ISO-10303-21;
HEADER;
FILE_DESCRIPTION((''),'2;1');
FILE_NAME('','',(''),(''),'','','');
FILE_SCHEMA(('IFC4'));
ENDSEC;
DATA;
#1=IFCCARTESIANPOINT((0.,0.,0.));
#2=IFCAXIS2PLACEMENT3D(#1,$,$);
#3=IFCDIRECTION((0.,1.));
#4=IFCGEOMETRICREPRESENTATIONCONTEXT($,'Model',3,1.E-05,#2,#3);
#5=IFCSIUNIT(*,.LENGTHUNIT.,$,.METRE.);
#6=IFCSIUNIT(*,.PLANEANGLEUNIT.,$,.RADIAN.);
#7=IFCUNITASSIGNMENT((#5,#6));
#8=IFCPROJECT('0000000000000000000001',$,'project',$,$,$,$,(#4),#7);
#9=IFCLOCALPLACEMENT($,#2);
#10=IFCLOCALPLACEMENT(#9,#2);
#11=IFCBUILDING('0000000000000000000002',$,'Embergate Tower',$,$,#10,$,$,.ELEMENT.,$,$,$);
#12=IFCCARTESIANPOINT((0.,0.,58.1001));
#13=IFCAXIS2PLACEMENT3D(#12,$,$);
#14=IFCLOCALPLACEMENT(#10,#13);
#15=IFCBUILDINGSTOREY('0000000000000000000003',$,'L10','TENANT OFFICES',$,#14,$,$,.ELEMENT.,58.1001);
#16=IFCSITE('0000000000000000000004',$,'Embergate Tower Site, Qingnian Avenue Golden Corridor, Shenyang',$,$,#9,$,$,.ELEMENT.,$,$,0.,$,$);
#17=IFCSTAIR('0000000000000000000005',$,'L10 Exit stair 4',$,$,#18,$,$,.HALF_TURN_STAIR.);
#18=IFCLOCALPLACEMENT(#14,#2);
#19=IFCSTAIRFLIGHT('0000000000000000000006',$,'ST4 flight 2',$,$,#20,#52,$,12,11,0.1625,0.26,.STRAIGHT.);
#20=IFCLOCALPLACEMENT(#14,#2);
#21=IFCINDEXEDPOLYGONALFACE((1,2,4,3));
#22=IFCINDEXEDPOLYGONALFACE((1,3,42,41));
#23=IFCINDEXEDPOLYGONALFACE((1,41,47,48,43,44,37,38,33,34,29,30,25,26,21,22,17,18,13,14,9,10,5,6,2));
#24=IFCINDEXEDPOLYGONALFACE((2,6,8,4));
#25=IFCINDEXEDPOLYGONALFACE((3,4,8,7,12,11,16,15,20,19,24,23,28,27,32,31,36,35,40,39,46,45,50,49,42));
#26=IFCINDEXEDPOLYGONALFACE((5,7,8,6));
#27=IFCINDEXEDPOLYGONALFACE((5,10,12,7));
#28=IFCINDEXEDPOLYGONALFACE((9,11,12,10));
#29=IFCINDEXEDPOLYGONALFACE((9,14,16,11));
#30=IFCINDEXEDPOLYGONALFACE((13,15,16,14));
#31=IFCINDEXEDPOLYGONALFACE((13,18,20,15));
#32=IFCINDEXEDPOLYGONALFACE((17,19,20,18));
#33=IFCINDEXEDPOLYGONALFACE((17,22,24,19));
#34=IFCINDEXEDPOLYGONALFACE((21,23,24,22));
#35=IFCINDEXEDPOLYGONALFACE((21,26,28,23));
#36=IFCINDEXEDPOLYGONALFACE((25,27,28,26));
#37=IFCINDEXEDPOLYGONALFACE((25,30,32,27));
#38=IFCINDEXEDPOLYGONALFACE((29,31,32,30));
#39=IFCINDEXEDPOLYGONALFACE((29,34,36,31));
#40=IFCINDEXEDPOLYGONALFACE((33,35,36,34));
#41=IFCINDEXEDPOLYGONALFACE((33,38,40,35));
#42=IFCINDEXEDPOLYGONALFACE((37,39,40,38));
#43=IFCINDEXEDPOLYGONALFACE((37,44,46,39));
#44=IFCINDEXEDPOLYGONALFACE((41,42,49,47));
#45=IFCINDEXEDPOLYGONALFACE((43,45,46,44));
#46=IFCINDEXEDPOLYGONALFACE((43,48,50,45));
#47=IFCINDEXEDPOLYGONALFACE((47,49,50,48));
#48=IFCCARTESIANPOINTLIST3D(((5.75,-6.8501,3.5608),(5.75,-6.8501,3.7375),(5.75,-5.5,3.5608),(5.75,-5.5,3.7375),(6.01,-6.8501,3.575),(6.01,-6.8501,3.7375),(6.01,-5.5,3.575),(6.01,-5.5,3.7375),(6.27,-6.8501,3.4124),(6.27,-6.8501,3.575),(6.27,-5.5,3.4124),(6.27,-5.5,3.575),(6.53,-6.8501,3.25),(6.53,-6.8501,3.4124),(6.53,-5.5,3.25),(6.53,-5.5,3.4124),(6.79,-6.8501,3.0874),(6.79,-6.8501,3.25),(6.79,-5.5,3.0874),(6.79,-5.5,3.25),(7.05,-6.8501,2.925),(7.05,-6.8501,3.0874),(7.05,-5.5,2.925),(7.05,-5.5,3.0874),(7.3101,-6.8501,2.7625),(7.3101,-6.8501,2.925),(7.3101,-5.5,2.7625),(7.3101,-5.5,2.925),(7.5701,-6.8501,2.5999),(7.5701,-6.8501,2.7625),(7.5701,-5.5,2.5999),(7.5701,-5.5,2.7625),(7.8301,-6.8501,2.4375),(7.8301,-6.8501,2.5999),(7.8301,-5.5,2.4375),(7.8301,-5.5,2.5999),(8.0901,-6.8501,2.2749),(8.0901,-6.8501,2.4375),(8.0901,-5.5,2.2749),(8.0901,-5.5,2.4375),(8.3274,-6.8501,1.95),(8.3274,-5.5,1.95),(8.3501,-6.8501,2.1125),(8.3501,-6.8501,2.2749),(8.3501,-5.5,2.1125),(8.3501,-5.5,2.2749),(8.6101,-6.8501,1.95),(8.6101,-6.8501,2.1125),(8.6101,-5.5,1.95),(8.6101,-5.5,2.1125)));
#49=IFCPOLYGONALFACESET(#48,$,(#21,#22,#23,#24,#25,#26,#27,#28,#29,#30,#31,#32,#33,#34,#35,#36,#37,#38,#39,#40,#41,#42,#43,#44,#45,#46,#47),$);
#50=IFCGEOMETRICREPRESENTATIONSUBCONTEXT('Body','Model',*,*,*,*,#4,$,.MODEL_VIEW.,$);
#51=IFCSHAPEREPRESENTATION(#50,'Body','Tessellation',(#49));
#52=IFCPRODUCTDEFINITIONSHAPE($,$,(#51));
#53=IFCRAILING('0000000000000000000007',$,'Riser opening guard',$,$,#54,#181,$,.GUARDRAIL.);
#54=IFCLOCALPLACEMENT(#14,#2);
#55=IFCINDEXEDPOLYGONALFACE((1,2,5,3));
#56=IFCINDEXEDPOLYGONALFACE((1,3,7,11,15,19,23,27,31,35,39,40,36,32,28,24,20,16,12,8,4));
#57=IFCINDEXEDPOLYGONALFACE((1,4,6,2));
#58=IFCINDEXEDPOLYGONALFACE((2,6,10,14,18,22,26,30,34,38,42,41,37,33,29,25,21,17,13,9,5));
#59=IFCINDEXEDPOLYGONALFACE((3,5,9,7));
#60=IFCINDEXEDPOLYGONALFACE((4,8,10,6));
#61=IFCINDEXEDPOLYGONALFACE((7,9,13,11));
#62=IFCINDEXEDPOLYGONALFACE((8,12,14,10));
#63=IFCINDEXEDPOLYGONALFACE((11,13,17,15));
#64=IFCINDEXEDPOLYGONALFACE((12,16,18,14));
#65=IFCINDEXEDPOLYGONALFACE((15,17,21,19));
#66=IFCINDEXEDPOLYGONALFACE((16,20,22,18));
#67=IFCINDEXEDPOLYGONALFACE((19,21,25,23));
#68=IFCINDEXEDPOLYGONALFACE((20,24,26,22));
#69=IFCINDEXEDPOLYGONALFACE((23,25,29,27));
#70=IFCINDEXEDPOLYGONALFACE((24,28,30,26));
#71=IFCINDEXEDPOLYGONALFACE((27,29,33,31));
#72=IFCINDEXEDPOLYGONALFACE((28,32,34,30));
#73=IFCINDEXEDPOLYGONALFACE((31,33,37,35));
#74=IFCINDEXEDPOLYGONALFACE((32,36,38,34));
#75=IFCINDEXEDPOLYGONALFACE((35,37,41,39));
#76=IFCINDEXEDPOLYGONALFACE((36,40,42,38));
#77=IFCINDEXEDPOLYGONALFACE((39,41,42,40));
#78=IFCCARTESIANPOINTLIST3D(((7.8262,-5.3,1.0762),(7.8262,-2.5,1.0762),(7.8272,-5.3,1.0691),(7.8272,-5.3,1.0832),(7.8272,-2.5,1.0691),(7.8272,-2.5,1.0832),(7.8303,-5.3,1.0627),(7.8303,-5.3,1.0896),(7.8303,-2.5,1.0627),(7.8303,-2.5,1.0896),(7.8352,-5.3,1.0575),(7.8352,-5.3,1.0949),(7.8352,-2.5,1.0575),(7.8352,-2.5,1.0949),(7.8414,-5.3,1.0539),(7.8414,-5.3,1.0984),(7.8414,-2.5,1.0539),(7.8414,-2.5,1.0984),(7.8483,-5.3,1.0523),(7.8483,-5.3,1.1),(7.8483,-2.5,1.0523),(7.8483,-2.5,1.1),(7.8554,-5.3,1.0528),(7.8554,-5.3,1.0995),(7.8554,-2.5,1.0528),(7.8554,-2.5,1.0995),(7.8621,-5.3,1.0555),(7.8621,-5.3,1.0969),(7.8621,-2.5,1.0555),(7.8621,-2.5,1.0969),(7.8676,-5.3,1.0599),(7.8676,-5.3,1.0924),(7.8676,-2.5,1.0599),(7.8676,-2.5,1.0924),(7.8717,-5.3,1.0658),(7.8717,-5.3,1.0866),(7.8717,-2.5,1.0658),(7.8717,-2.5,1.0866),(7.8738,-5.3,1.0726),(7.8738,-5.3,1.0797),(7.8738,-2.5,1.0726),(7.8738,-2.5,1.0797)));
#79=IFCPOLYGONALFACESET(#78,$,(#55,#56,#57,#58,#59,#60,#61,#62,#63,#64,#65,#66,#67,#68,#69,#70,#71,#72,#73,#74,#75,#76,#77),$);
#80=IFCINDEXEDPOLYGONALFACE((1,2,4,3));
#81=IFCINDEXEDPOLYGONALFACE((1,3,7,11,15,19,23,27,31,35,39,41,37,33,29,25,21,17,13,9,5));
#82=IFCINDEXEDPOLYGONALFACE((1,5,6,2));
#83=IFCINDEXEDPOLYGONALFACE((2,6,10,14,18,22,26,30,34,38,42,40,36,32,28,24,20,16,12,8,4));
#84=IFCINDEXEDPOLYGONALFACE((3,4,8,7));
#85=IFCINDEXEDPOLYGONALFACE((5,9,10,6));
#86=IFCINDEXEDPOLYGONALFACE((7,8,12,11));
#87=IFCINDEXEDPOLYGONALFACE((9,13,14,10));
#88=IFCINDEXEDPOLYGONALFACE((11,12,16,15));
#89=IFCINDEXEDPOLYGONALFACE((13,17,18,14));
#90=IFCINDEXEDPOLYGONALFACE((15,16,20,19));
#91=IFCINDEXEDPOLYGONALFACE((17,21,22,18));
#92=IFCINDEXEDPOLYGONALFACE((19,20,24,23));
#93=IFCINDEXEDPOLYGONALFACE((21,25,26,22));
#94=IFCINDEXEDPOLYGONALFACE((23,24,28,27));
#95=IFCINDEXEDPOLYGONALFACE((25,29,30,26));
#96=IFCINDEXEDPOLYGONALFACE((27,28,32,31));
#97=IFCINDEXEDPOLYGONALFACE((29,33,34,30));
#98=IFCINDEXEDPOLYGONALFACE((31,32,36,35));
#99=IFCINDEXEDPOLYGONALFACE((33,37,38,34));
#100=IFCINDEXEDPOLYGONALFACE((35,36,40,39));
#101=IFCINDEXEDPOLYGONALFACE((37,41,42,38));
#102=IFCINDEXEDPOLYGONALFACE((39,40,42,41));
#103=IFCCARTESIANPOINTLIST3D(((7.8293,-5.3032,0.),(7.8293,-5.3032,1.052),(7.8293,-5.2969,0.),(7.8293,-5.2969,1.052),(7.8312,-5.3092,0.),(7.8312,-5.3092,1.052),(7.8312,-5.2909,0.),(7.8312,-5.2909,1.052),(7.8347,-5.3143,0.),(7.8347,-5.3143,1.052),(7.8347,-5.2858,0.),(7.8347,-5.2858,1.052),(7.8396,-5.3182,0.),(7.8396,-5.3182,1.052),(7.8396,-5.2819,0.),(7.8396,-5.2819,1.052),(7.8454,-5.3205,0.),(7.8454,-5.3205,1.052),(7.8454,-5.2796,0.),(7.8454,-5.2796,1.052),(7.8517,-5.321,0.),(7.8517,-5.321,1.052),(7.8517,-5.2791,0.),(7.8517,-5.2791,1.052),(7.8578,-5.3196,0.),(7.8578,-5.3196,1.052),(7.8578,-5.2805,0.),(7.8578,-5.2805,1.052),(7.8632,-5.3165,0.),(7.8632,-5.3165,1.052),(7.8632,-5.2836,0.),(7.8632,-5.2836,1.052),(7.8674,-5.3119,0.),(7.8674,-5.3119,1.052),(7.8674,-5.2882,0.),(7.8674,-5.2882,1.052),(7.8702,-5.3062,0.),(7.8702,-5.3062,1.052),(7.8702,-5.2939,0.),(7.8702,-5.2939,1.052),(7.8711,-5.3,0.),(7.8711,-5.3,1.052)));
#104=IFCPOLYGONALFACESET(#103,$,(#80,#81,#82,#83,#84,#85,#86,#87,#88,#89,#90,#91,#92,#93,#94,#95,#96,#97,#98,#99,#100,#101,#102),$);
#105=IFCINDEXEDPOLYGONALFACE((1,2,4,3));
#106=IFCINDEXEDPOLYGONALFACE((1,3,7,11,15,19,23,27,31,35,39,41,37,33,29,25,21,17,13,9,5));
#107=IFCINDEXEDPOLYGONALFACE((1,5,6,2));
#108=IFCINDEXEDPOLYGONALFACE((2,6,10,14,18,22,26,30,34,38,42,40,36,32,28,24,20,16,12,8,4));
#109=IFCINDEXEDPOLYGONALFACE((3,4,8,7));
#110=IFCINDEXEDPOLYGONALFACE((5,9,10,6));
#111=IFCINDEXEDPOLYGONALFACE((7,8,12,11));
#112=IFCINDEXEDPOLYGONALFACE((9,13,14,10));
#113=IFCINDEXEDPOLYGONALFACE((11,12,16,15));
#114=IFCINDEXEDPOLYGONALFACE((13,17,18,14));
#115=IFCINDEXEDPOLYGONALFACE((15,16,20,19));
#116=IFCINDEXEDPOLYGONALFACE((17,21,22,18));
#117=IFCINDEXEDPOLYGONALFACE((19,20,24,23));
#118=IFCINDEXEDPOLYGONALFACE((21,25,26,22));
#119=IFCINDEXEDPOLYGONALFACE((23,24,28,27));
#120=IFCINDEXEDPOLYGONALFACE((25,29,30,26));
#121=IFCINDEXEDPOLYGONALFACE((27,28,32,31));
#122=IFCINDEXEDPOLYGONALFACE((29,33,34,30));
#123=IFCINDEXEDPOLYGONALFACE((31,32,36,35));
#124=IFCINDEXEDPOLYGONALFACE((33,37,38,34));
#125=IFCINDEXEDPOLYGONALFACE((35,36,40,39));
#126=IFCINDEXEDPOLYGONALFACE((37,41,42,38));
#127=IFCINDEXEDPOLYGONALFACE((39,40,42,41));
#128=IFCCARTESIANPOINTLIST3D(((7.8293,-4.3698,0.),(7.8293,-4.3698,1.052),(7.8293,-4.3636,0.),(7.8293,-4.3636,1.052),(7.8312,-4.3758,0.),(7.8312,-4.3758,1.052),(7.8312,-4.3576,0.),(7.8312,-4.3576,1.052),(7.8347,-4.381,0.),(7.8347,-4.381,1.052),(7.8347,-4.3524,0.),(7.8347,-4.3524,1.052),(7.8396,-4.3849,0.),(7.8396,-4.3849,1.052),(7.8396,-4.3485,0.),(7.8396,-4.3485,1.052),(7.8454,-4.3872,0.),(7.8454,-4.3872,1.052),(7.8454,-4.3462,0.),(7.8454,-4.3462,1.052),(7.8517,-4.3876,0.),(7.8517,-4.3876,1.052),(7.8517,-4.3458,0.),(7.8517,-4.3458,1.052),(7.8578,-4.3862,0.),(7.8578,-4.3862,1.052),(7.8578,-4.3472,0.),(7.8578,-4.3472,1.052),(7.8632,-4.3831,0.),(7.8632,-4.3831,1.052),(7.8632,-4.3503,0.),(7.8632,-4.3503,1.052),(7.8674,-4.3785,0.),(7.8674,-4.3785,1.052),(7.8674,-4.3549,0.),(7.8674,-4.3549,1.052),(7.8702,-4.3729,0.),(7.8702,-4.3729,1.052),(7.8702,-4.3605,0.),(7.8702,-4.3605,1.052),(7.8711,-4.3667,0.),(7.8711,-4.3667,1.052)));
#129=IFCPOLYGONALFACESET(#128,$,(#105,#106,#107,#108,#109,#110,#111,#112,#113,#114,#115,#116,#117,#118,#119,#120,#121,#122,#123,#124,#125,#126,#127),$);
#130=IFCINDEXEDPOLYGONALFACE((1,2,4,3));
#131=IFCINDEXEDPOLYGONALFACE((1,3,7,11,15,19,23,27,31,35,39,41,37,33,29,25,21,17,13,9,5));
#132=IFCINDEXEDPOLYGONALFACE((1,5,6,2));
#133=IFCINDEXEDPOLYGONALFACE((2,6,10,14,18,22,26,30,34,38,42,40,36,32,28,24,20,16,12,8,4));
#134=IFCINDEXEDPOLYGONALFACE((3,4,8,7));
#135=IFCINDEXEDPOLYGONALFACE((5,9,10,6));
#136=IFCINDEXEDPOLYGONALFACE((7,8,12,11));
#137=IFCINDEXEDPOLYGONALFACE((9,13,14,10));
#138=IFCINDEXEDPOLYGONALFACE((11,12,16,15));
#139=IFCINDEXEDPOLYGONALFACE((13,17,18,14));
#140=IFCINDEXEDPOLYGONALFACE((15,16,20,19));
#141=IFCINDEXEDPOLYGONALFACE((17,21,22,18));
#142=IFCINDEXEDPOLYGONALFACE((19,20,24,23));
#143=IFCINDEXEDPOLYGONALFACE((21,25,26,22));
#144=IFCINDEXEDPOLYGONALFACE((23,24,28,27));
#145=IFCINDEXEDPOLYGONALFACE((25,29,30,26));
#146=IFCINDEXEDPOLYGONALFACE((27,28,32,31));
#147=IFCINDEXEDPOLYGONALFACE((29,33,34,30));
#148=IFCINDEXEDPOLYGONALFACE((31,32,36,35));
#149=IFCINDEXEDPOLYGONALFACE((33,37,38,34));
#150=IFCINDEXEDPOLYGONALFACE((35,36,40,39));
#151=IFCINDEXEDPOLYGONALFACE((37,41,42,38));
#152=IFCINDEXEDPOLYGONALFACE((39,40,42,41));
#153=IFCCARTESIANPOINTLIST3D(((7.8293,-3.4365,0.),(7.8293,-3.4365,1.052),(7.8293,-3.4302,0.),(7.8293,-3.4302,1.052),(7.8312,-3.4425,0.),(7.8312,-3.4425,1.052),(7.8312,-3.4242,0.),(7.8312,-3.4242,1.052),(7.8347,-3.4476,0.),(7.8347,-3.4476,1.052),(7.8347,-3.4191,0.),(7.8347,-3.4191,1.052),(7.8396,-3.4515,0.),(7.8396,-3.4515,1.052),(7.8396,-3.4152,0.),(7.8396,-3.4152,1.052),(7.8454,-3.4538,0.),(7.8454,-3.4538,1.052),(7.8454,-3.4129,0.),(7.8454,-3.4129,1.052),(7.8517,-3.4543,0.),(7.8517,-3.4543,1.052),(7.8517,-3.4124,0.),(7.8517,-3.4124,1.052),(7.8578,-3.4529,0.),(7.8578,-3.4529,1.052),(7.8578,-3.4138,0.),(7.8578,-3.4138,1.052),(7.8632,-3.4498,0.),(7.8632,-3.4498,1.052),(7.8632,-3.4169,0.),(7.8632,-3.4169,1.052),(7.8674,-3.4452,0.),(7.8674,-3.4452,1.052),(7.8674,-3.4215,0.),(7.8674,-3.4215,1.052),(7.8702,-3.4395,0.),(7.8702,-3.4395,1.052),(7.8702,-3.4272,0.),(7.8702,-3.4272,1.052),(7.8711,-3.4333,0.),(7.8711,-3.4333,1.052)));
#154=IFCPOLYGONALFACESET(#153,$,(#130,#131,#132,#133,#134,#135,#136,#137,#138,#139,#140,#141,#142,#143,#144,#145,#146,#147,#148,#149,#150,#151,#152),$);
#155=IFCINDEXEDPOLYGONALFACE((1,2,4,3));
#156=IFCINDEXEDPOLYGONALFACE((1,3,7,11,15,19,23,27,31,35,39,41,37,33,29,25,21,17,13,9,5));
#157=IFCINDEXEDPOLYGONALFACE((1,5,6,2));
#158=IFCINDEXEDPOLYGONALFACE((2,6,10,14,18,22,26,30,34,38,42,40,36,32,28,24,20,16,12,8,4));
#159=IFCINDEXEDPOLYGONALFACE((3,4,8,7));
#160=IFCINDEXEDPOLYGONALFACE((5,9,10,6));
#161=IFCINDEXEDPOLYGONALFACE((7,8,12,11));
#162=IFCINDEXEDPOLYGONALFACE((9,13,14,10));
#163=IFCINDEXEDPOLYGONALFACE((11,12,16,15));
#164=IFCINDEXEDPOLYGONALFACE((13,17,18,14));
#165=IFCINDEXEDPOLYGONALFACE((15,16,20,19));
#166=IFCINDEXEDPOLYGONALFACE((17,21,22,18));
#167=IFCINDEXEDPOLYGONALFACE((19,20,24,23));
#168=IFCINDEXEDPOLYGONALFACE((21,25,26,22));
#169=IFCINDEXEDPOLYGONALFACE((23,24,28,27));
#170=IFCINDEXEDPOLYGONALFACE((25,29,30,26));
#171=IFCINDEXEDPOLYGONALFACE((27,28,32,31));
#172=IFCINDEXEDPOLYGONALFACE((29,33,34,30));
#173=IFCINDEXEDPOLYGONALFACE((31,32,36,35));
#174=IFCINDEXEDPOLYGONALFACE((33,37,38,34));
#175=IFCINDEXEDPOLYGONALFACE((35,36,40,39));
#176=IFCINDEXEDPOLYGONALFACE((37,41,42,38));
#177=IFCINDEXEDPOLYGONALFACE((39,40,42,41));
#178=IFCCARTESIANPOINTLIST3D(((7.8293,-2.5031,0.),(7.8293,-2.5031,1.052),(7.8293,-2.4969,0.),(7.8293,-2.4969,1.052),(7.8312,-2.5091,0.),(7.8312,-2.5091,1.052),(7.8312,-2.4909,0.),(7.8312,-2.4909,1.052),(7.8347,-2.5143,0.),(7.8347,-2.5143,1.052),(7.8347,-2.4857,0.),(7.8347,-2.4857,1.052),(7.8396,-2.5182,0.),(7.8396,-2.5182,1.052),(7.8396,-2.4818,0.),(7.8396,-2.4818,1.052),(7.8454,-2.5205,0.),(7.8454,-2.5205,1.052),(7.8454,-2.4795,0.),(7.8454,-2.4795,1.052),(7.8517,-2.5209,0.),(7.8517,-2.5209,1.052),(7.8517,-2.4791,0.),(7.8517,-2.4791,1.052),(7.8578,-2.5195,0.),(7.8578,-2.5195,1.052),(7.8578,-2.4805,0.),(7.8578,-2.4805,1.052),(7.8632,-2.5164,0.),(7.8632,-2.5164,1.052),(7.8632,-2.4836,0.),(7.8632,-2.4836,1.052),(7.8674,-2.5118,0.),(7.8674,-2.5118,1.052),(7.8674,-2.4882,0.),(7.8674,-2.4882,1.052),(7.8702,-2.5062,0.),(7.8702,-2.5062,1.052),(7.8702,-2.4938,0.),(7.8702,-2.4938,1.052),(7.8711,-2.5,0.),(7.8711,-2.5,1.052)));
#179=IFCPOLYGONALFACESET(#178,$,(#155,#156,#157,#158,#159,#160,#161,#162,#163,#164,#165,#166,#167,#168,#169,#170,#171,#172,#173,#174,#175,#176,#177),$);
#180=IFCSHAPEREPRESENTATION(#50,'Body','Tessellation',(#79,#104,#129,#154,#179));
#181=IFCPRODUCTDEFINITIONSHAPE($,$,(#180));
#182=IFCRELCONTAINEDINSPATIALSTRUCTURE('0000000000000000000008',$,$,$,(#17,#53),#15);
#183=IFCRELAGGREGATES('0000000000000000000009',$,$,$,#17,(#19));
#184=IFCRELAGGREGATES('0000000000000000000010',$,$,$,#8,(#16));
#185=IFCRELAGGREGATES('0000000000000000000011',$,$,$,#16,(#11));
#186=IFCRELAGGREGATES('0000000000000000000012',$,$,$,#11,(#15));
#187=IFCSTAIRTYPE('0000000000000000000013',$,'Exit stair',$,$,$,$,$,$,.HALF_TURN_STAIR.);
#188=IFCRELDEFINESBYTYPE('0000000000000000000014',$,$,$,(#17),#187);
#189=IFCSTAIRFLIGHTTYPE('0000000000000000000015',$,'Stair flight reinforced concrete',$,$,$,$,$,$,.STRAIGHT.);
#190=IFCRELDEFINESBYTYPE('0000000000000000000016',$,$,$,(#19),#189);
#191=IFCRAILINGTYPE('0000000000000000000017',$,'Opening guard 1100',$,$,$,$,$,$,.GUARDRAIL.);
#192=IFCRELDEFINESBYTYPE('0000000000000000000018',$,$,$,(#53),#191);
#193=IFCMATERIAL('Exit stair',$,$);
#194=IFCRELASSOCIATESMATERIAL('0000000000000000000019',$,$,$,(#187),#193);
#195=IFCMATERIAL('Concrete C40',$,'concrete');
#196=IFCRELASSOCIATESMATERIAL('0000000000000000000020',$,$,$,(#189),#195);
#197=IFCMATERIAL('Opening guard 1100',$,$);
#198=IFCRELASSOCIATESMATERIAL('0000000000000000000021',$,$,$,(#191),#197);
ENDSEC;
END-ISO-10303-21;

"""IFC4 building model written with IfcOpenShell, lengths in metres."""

from ifc_helpers import new_model, si_unit, direction, frame, origin, origin_2d, place, context, subcontext, project, spatial, polyline, circle, outline, extrude, source, transform, mapped, material, type_object, element, aggregate, save


model = new_model("IFC4")

# Units and contexts
model_context = context("Model", 3, precision=1e-05, world=origin(), true_north=direction((0.0, 1.0)))
body_context = subcontext(model_context, "Body", "Model", "MODEL_VIEW")
ifc_project = project(units=[si_unit("LENGTHUNIT", "METRE"), si_unit("PLANEANGLEUNIT", "RADIAN")], contexts=[model_context])

# Site, building, storey
site_placement = place(None, origin())
site = spatial("IfcSite", under=ifc_project, at=site_placement, Name="Embergate Tower Site, Qingnian Avenue Golden Corridor, Shenyang", CompositionType="ELEMENT", RefElevation=0.0)
building_placement = place(site_placement, origin())
building = spatial("IfcBuilding", under=site, at=building_placement, Name="Embergate Tower", CompositionType="ELEMENT")
storey_placement = place(building_placement, frame((0.0, 0.0, 58.1001)))
storey = spatial("IfcBuildingStorey", under=building, at=storey_placement, Name="L10", Description="TENANT OFFICES", CompositionType="ELEMENT", Elevation=58.1001)

# Stair
ifc_material_1 = material(Name="Exit stair")
stair_type = type_object("IfcStairType", Name="Exit stair", PredefinedType="HALF_TURN_STAIR", material=ifc_material_1)
stair_placement = place(storey_placement, origin())
stair = element("IfcStair", 1, at=stair_placement, inside=storey, type_object=stair_type, Name="L10 Exit stair 4", PredefinedType="HALF_TURN_STAIR")
ifc_material_2 = material(Name="Concrete C40", Category="concrete")

# Stair flight
stair_flight_type = type_object("IfcStairFlightType", Name="Stair flight reinforced concrete", PredefinedType="STRAIGHT", material=ifc_material_2)
shared_shape_1 = source(origin(), body_context, "Body", "SweptSolid", [
    extrude(outline(polyline([(0.0, 0.0), (0.0, 0.1626), (0.26, 0.1626), (0.26, 0.325), (0.52, 0.325), (0.52, 0.4875), (0.78, 0.4875), (0.78, 0.6499), (1.04, 0.6499), (1.04, 0.8125), (1.3, 0.8125), (1.3, 0.9751), (1.5601, 0.9751), (1.5601, 1.1375), (1.8201, 1.1375), (1.8201, 1.3), (2.0801, 1.3), (2.0801, 1.4624), (2.3401, 1.4624), (2.3401, 1.625), (2.6001, 1.625), (2.6001, 1.7876), (2.8601, 1.7876), (2.8601, 1.95), (2.8601, 1.6108), (0.2827, 0.0), (0.0, 0.0)])), frame((0.0, 0.675, 0.0), z_axis=(0.0, -1.0, 0.0), x_axis=(1.0, 0.0, 0.0)), (0.0, 0.0, 1.0), 1.3501),
])
stair_flight_placement = place(storey_placement, frame((8.6101, -6.175, 1.95), z_axis=(0.0, 0.0, 1.0), x_axis=(-1.0, 0.0, 0.0)))
stair_flight = element("IfcStairFlight", 2, at=stair_flight_placement, type_object=stair_flight_type, Name="ST4 flight 2", NumberOfRisers=12, NumberOfTreads=11, PredefinedType="STRAIGHT", RiserHeight=0.1625, TreadLength=0.26, context=body_context, shape_type="MappedRepresentation", body=[
    mapped(shared_shape_1, transform((0.0, 0.0, 0.0))),
])
aggregate(stair, [stair_flight])

# Railing
ifc_material_3 = material(Name="Opening guard 1100")
railing_type = type_object("IfcRailingType", Name="Opening guard 1100", PredefinedType="GUARDRAIL", material=ifc_material_3)
shared_shape_2 = source(origin(), body_context, "Body", "SweptSolid", [
    extrude(circle(Radius=0.0239, at=origin_2d()), frame((0.0, 0.0, 1.0762), z_axis=(0.0, 1.0, 0.0), x_axis=(-1.0, 0.0, 0.0)), (0.0, 0.0, 1.0), 2.8),
    extrude(circle(Radius=0.021, at=origin_2d()), origin(), (0.0, 0.0, 1.0), 1.052),
    extrude(circle(Radius=0.021, at=origin_2d()), frame((0.0, 0.9333, 0.0)), (0.0, 0.0, 1.0), 1.052),
    extrude(circle(Radius=0.021, at=origin_2d()), frame((0.0, 1.8667, 0.0)), (0.0, 0.0, 1.0), 1.052),
    extrude(circle(Radius=0.021, at=origin_2d()), frame((0.0, 2.8, 0.0)), (0.0, 0.0, 1.0), 1.052),
])
railing_placement = place(storey_placement, frame((7.8501, -5.3, 0.0)))
element("IfcRailing", 3, at=railing_placement, inside=storey, type_object=railing_type, Name="Riser opening guard", PredefinedType="GUARDRAIL", context=body_context, shape_type="MappedRepresentation", body=[
    mapped(shared_shape_2, transform((0.0, 0.0, 0.0))),
])

save(model, "model.ifc")
